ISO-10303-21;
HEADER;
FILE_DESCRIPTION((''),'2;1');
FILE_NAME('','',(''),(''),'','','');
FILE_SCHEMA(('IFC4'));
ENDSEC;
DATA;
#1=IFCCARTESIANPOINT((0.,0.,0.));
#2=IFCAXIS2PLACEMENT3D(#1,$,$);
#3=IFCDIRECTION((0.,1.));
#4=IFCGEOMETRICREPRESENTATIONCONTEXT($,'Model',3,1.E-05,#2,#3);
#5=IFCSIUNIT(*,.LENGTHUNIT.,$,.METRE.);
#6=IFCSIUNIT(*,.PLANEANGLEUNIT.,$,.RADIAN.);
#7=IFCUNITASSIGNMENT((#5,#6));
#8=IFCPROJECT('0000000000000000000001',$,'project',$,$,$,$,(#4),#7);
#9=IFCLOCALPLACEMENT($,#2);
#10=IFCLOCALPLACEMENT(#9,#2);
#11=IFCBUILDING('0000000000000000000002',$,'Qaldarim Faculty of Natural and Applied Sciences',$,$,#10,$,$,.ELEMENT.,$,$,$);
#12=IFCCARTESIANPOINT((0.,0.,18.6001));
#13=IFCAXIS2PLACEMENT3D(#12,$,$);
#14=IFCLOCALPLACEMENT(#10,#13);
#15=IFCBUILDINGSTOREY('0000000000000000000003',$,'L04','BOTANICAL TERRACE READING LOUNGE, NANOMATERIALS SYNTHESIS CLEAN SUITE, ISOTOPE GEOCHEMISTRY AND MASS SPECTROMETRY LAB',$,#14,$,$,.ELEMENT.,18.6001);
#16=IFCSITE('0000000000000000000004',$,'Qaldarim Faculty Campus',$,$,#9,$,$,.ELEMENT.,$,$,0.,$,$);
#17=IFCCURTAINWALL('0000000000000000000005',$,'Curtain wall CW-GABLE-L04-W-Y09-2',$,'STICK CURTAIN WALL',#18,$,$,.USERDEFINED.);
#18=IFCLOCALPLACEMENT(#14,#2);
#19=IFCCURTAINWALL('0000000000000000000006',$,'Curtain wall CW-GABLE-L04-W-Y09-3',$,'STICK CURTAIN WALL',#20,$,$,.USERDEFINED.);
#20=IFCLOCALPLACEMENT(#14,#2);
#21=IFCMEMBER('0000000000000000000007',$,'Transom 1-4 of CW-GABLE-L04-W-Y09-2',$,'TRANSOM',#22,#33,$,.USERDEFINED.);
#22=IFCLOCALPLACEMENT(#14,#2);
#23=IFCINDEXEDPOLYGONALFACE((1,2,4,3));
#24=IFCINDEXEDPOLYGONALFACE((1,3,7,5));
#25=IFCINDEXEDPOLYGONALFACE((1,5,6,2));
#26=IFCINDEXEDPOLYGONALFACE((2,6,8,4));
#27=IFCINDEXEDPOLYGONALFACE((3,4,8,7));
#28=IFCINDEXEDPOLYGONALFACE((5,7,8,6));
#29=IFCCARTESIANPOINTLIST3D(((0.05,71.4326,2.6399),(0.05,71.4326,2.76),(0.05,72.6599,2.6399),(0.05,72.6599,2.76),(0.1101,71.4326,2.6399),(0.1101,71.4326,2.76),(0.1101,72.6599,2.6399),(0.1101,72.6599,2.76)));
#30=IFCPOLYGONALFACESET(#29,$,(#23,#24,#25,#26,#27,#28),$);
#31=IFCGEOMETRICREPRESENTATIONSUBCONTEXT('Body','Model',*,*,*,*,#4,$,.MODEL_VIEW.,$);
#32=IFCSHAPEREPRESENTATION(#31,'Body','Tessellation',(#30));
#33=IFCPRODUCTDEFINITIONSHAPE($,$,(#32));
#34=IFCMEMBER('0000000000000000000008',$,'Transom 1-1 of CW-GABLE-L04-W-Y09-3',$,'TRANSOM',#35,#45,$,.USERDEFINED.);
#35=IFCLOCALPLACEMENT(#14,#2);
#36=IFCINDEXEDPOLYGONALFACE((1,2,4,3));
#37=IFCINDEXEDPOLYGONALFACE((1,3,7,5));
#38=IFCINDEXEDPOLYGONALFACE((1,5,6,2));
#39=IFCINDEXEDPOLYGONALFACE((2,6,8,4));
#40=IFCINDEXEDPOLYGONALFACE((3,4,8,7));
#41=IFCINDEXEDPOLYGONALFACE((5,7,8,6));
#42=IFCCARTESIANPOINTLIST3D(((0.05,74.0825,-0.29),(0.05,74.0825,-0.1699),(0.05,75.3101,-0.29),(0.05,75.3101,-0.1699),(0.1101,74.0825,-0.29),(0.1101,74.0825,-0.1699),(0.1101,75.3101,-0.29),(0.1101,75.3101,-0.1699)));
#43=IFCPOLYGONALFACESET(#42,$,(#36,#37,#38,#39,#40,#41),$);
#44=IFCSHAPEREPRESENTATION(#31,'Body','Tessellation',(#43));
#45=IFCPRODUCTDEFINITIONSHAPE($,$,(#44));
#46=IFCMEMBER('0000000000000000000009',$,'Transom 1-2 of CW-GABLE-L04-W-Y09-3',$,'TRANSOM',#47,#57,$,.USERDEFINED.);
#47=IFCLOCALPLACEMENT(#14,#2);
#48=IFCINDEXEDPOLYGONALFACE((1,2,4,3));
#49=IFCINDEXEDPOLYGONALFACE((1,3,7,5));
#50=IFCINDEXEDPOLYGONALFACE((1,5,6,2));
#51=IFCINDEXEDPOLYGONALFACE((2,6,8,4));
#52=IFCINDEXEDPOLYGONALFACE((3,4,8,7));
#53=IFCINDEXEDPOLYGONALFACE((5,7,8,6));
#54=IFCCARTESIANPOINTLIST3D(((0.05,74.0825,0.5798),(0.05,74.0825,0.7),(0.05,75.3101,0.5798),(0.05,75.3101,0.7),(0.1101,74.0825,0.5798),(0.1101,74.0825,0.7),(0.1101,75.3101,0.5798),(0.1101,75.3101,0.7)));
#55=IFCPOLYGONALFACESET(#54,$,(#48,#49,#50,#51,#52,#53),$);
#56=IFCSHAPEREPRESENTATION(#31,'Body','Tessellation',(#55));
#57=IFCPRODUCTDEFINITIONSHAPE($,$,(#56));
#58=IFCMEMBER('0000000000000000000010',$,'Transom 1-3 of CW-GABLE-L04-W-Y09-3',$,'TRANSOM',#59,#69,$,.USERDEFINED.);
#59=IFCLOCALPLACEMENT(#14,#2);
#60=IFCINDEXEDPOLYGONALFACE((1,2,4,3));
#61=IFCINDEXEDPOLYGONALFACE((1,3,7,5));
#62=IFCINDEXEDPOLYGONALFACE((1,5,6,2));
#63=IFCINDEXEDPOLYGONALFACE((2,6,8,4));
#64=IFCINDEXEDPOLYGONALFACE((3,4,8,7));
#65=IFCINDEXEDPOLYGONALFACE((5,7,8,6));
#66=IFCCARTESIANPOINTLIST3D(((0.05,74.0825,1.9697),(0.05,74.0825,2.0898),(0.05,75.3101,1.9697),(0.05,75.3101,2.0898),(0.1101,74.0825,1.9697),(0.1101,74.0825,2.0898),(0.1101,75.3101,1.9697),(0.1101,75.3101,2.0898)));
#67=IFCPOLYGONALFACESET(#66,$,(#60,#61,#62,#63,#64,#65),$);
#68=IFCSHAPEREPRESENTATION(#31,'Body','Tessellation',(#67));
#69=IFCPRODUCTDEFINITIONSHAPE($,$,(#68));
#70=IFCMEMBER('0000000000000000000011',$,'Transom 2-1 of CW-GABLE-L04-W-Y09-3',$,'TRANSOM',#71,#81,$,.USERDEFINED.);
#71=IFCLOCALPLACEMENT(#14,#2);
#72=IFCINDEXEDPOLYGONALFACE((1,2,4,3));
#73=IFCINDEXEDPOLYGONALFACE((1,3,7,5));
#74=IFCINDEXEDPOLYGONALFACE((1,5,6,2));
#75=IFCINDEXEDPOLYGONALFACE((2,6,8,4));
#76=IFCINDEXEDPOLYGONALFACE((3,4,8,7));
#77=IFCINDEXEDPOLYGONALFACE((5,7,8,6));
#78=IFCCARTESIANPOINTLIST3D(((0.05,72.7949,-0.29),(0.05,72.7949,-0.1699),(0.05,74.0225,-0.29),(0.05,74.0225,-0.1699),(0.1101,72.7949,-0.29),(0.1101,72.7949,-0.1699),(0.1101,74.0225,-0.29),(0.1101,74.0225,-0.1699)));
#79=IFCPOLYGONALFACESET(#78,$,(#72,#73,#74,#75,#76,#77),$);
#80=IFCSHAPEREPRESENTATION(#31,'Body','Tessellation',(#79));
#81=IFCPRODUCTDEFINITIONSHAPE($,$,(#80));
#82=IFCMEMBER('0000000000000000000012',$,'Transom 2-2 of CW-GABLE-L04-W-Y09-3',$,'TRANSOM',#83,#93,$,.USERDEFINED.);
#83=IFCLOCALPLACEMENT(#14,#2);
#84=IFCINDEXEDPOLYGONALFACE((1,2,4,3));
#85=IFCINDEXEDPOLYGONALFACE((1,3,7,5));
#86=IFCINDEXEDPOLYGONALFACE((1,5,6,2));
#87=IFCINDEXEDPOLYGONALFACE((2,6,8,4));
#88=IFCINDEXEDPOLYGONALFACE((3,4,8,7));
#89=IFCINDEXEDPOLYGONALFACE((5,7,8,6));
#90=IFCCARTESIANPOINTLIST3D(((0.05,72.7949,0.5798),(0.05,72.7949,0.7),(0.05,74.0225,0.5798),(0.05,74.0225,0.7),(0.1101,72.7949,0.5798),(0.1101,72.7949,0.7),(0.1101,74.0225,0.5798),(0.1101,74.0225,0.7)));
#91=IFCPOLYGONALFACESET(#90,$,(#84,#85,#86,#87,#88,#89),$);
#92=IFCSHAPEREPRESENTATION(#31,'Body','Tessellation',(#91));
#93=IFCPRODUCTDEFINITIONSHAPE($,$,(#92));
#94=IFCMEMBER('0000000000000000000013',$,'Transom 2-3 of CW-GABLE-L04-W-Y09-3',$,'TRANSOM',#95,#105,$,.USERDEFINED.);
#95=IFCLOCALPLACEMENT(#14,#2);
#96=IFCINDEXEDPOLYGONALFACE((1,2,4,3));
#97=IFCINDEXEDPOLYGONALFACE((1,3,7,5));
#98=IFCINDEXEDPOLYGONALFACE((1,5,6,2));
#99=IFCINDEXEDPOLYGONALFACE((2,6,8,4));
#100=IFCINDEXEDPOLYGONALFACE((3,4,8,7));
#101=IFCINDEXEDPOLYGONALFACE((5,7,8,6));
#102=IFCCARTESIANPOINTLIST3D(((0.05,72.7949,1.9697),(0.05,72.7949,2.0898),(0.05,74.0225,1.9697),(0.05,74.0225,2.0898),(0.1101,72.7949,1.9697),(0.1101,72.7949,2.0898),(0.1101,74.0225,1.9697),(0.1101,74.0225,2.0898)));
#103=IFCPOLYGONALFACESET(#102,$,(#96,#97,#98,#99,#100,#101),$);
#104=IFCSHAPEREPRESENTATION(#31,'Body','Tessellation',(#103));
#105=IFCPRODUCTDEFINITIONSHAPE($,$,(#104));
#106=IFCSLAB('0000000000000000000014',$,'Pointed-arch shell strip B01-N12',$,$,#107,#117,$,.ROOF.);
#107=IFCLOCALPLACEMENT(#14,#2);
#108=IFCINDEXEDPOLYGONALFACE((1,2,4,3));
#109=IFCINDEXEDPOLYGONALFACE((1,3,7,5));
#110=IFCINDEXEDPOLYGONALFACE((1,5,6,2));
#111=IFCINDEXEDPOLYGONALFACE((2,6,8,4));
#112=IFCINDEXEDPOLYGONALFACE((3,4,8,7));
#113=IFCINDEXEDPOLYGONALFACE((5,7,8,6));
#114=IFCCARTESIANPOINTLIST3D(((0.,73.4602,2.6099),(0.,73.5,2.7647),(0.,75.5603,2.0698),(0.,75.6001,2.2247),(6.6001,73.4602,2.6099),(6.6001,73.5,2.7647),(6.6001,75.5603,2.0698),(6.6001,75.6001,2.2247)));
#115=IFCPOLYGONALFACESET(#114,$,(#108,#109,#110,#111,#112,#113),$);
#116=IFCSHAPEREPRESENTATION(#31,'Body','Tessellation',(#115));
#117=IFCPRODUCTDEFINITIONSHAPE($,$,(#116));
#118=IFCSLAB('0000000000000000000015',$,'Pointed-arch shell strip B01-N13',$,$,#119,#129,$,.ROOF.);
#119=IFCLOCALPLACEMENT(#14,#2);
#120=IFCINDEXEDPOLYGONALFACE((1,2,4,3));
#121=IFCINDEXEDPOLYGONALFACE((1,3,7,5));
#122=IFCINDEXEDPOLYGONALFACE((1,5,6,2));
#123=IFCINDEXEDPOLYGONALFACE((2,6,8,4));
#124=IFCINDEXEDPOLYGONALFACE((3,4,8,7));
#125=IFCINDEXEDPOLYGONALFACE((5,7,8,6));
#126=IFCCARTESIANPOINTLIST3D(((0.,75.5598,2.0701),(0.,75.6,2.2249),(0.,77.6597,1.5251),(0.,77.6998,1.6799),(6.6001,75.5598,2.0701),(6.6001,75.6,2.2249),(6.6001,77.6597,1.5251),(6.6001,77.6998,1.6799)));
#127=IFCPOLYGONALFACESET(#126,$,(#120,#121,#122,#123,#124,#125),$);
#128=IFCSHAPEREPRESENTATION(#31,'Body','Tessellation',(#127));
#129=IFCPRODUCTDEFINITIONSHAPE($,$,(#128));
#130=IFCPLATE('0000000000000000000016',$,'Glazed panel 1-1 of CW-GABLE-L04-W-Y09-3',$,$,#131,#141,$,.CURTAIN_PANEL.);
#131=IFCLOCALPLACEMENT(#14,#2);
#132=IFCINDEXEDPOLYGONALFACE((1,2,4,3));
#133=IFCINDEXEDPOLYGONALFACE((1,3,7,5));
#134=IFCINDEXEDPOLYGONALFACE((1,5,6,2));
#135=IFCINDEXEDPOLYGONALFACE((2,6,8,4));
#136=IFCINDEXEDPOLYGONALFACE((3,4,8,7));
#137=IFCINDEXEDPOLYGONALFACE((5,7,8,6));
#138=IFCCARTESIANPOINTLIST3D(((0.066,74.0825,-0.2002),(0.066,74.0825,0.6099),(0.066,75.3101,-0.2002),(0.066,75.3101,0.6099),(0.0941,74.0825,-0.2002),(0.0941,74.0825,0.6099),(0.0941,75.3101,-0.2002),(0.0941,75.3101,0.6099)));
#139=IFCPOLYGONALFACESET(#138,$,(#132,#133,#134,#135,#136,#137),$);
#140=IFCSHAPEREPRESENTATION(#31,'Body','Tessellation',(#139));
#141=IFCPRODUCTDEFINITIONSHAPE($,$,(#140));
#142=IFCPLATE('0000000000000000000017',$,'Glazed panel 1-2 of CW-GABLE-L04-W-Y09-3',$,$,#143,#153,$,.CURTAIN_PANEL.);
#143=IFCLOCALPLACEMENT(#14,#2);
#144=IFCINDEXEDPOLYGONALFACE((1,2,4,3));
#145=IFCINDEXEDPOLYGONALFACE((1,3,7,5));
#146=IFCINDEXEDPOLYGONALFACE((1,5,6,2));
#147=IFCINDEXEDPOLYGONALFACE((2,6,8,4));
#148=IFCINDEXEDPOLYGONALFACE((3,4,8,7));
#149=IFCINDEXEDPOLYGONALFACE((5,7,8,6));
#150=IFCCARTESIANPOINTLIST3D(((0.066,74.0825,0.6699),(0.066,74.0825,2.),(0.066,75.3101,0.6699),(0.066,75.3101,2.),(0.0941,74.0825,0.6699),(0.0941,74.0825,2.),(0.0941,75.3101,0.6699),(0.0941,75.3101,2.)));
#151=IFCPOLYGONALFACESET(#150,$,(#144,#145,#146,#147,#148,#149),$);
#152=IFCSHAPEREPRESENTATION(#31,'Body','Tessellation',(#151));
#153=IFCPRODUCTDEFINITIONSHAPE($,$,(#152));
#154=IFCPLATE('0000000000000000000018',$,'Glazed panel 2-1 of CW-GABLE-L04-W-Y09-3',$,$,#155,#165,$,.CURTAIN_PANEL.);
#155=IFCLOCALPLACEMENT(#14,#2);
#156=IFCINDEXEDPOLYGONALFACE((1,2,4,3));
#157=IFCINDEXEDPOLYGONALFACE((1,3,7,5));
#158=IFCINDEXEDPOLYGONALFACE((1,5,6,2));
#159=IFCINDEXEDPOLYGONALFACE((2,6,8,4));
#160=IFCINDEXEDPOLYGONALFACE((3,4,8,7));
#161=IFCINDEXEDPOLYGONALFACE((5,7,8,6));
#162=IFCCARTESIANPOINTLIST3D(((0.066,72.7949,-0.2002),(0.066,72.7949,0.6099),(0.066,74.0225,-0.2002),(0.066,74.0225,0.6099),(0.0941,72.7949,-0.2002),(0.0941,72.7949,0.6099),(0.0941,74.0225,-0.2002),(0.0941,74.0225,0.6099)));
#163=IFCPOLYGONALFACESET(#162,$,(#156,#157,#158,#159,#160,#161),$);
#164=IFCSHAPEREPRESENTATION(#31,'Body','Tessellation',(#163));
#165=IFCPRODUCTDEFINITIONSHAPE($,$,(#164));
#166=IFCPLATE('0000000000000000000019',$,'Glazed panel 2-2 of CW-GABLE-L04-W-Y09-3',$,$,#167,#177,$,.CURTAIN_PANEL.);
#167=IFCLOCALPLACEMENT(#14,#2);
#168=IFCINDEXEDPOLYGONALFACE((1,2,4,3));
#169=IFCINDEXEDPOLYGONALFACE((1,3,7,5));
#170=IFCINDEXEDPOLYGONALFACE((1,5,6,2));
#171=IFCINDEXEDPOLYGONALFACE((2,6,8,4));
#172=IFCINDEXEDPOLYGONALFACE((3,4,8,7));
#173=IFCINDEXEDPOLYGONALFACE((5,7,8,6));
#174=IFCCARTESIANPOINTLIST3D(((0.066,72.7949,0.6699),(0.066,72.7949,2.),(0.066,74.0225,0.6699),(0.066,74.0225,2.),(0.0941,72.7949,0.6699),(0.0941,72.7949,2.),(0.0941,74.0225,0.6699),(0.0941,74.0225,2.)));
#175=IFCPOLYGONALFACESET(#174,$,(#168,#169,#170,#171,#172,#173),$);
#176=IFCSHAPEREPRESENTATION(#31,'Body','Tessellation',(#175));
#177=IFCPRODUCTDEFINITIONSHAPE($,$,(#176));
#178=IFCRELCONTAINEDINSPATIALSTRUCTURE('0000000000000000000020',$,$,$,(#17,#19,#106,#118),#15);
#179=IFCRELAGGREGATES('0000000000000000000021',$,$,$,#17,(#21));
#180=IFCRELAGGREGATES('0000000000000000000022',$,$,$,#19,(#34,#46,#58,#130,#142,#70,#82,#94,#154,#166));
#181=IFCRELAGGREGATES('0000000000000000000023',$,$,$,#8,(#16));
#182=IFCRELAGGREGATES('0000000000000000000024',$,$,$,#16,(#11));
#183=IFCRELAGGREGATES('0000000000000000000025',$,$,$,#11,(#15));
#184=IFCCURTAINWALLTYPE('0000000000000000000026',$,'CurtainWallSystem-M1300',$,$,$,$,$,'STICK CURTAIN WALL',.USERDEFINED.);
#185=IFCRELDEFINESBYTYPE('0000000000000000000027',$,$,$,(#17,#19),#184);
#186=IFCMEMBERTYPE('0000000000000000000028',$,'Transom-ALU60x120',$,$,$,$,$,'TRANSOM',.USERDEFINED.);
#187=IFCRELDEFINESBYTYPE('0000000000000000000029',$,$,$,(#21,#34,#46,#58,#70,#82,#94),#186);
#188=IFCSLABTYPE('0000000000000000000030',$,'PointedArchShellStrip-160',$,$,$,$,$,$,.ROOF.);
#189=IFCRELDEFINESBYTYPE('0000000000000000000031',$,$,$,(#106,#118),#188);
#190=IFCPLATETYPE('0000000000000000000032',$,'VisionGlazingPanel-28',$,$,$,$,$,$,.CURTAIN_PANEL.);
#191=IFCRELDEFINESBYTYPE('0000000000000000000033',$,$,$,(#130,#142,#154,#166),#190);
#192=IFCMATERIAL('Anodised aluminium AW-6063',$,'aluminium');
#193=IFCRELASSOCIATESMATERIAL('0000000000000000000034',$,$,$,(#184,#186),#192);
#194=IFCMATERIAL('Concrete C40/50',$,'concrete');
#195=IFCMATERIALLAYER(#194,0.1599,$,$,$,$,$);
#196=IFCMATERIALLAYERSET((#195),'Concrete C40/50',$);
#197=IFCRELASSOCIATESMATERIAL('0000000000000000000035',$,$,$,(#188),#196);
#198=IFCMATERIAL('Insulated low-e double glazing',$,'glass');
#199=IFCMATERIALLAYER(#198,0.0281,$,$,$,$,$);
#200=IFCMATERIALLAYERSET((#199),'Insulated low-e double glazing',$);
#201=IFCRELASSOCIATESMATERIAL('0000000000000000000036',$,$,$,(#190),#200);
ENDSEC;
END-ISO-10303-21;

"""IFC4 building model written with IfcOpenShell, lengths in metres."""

from ifc_helpers import new_model, si_unit, direction, frame, origin, origin_2d, place, context, subcontext, project, spatial, polyline, rectangle, outline, extrude, material, layer, layer_set, material_profile, profile_set, type_object, element, aggregate, save


model = new_model("IFC4")

# Units and contexts
model_context = context("Model", 3, precision=1e-05, world=origin(), true_north=direction((0.0, 1.0)))
body_context = subcontext(model_context, "Body", "Model", "MODEL_VIEW")
ifc_project = project(units=[si_unit("LENGTHUNIT", "METRE"), si_unit("PLANEANGLEUNIT", "RADIAN")], contexts=[model_context])

# Site, building, storey
site_placement = place(None, origin())
site = spatial("IfcSite", under=ifc_project, at=site_placement, Name="Qaldarim Faculty Campus", CompositionType="ELEMENT", RefElevation=0.0)
building_placement = place(site_placement, origin())
building = spatial("IfcBuilding", under=site, at=building_placement, Name="Qaldarim Faculty of Natural and Applied Sciences", CompositionType="ELEMENT")
storey_placement = place(building_placement, frame((0.0, 0.0, 18.6001)))
storey = spatial("IfcBuildingStorey", under=building, at=storey_placement, Name="L04", Description="BOTANICAL TERRACE READING LOUNGE, NANOMATERIALS SYNTHESIS CLEAN SUITE, ISOTOPE GEOCHEMISTRY AND MASS SPECTROMETRY LAB", CompositionType="ELEMENT", Elevation=18.6001)

# Shared definitions
ifc_material_1 = material(Name="Concrete C40/50", Category="concrete")

# Curtain wall
ifc_material_2 = material(Name="Anodised aluminium AW-6063", Category="aluminium")
curtain_wall_type = type_object("IfcCurtainWallType", Name="CurtainWallSystem-M1300", ElementType="STICK CURTAIN WALL", PredefinedType="USERDEFINED", material=ifc_material_2)
curtain_wall_1_placement = place(storey_placement, origin())
curtain_wall_1 = element("IfcCurtainWall", 1, at=curtain_wall_1_placement, inside=storey, type_object=curtain_wall_type, Name="Curtain wall CW-GABLE-L04-W-Y09-2", ObjectType="STICK CURTAIN WALL", PredefinedType="USERDEFINED")

# Curtain wall
curtain_wall_2_placement = place(storey_placement, origin())
curtain_wall_2 = element("IfcCurtainWall", 2, at=curtain_wall_2_placement, inside=storey, type_object=curtain_wall_type, Name="Curtain wall CW-GABLE-L04-W-Y09-3", ObjectType="STICK CURTAIN WALL", PredefinedType="USERDEFINED")

# Members
ifc_material_profile_1 = material_profile(ifc_material_2, rectangle(XDim=0.0601, YDim=0.1201, at=origin_2d()), Name="ALU-T60x120")
ifc_profile_set_1 = profile_set([ifc_material_profile_1], Name="Anodised aluminium AW-6063")
member_type_1 = type_object("IfcMemberType", Name="Transom-ALU60x120", ElementType="TRANSOM", PredefinedType="USERDEFINED", material=ifc_profile_set_1)
member_1_placement = place(storey_placement, frame((0.0801, 72.6599, 2.7), z_axis=(0.0, -1.0, 0.0), x_axis=(1.0, 0.0, 0.0)))
member_1 = element("IfcMember", 3, at=member_1_placement, type_object=member_type_1, Name="Transom 1-4 of CW-GABLE-L04-W-Y09-2", ObjectType="TRANSOM", PredefinedType="USERDEFINED", context=body_context, shape_type="SweptSolid", body=[
    extrude(rectangle(XDim=0.0601, YDim=0.1201, at=origin_2d()), origin(), (0.0, 0.0, 1.0), 1.2273),
])
aggregate(curtain_wall_1, [member_1])
member_2_placement = place(storey_placement, frame((0.0801, 75.3101, -0.23), z_axis=(0.0, -1.0, 0.0), x_axis=(1.0, 0.0, 0.0)))
member_2 = element("IfcMember", 4, at=member_2_placement, type_object=member_type_1, Name="Transom 1-1 of CW-GABLE-L04-W-Y09-3", ObjectType="TRANSOM", PredefinedType="USERDEFINED", context=body_context, shape_type="SweptSolid", body=[
    extrude(rectangle(XDim=0.0601, YDim=0.1201, at=origin_2d()), origin(), (0.0, 0.0, 1.0), 1.2275),
])
member_3_placement = place(storey_placement, frame((0.0801, 75.3101, 0.6399), z_axis=(0.0, -1.0, 0.0), x_axis=(1.0, 0.0, 0.0)))
member_3 = element("IfcMember", 5, at=member_3_placement, type_object=member_type_1, Name="Transom 1-2 of CW-GABLE-L04-W-Y09-3", ObjectType="TRANSOM", PredefinedType="USERDEFINED", context=body_context, shape_type="SweptSolid", body=[
    extrude(rectangle(XDim=0.0601, YDim=0.1201, at=origin_2d()), origin(), (0.0, 0.0, 1.0), 1.2275),
])
member_4_placement = place(storey_placement, frame((0.0801, 75.3101, 2.0298), z_axis=(0.0, -1.0, 0.0), x_axis=(1.0, 0.0, 0.0)))
member_4 = element("IfcMember", 6, at=member_4_placement, type_object=member_type_1, Name="Transom 1-3 of CW-GABLE-L04-W-Y09-3", ObjectType="TRANSOM", PredefinedType="USERDEFINED", context=body_context, shape_type="SweptSolid", body=[
    extrude(rectangle(XDim=0.0601, YDim=0.1201, at=origin_2d()), origin(), (0.0, 0.0, 1.0), 1.2275),
])
member_5_placement = place(storey_placement, frame((0.0801, 74.0225, -0.23), z_axis=(0.0, -1.0, 0.0), x_axis=(1.0, 0.0, 0.0)))
member_5 = element("IfcMember", 7, at=member_5_placement, type_object=member_type_1, Name="Transom 2-1 of CW-GABLE-L04-W-Y09-3", ObjectType="TRANSOM", PredefinedType="USERDEFINED", context=body_context, shape_type="SweptSolid", body=[
    extrude(rectangle(XDim=0.0601, YDim=0.1201, at=origin_2d()), origin(), (0.0, 0.0, 1.0), 1.2275),
])
member_6_placement = place(storey_placement, frame((0.0801, 74.0225, 0.6399), z_axis=(0.0, -1.0, 0.0), x_axis=(1.0, 0.0, 0.0)))
member_6 = element("IfcMember", 8, at=member_6_placement, type_object=member_type_1, Name="Transom 2-2 of CW-GABLE-L04-W-Y09-3", ObjectType="TRANSOM", PredefinedType="USERDEFINED", context=body_context, shape_type="SweptSolid", body=[
    extrude(rectangle(XDim=0.0601, YDim=0.1201, at=origin_2d()), origin(), (0.0, 0.0, 1.0), 1.2275),
])
member_7_placement = place(storey_placement, frame((0.0801, 74.0225, 2.0298), z_axis=(0.0, -1.0, 0.0), x_axis=(1.0, 0.0, 0.0)))
member_7 = element("IfcMember", 9, at=member_7_placement, type_object=member_type_1, Name="Transom 2-3 of CW-GABLE-L04-W-Y09-3", ObjectType="TRANSOM", PredefinedType="USERDEFINED", context=body_context, shape_type="SweptSolid", body=[
    extrude(rectangle(XDim=0.0601, YDim=0.1201, at=origin_2d()), origin(), (0.0, 0.0, 1.0), 1.2275),
])

# Slabs
ifc_layer_1 = layer(ifc_material_1, 0.1599)
ifc_layer_set_1 = layer_set([ifc_layer_1], Name="Concrete C40/50")
slab_type = type_object("IfcSlabType", Name="PointedArchShellStrip-160", PredefinedType="ROOF", material=ifc_layer_set_1)
slab_1_placement = place(storey_placement, frame((0.0, 73.4602, 2.6099), z_axis=(0.0, 0.249047, 0.968491), x_axis=(1.0, 0.0, 0.0)))
element("IfcSlab", 10, at=slab_1_placement, inside=storey, type_object=slab_type, Name="Pointed-arch shell strip B01-N12", PredefinedType="ROOF", context=body_context, shape_type="SweptSolid", body=[
    extrude(outline(polyline([(0.0, 0.0), (6.6001, 0.0), (6.6001, 2.1684), (0.0, 2.1684), (0.0, 0.0)])), origin(), (0.0, 0.0, 1.0), 0.1599),
])
slab_2_placement = place(storey_placement, frame((0.0, 75.5598, 2.0701), z_axis=(0.0, 0.251185, 0.967939), x_axis=(1.0, 0.0, 0.0)))
element("IfcSlab", 11, at=slab_2_placement, inside=storey, type_object=slab_type, Name="Pointed-arch shell strip B01-N13", PredefinedType="ROOF", context=body_context, shape_type="SweptSolid", body=[
    extrude(outline(polyline([(0.0, 0.0), (6.6001, 0.0), (6.6001, 2.1694), (0.0, 2.1694), (0.0, 0.0)])), origin(), (0.0, 0.0, 1.0), 0.1599),
])

# Plates
ifc_material_3 = material(Name="Insulated low-e double glazing", Category="glass")
ifc_layer_2 = layer(ifc_material_3, 0.0281)
ifc_layer_set_2 = layer_set([ifc_layer_2], Name="Insulated low-e double glazing")
plate_type = type_object("IfcPlateType", Name="VisionGlazingPanel-28", PredefinedType="CURTAIN_PANEL", material=ifc_layer_set_2)
plate_1_placement = place(storey_placement, frame((0.0801, 74.6963, -0.2002), z_axis=(0.0, 0.0, 1.0), x_axis=(0.0, -1.0, 0.0)))
plate_1 = element("IfcPlate", 12, at=plate_1_placement, type_object=plate_type, Name="Glazed panel 1-1 of CW-GABLE-L04-W-Y09-3", PredefinedType="CURTAIN_PANEL", context=body_context, shape_type="SweptSolid", body=[
    extrude(rectangle(XDim=1.2275, YDim=0.0281, at=origin_2d()), origin(), (0.0, 0.0, 1.0), 0.8101),
])
plate_2_placement = place(storey_placement, frame((0.0801, 74.6963, 0.6699), z_axis=(0.0, 0.0, 1.0), x_axis=(0.0, -1.0, 0.0)))
plate_2 = element("IfcPlate", 13, at=plate_2_placement, type_object=plate_type, Name="Glazed panel 1-2 of CW-GABLE-L04-W-Y09-3", PredefinedType="CURTAIN_PANEL", context=body_context, shape_type="SweptSolid", body=[
    extrude(rectangle(XDim=1.2275, YDim=0.0281, at=origin_2d()), origin(), (0.0, 0.0, 1.0), 1.3301),
])
plate_3_placement = place(storey_placement, frame((0.0801, 73.4087, -0.2002), z_axis=(0.0, 0.0, 1.0), x_axis=(0.0, -1.0, 0.0)))
plate_3 = element("IfcPlate", 14, at=plate_3_placement, type_object=plate_type, Name="Glazed panel 2-1 of CW-GABLE-L04-W-Y09-3", PredefinedType="CURTAIN_PANEL", context=body_context, shape_type="SweptSolid", body=[
    extrude(rectangle(XDim=1.2275, YDim=0.0281, at=origin_2d()), origin(), (0.0, 0.0, 1.0), 0.8101),
])
plate_4_placement = place(storey_placement, frame((0.0801, 73.4087, 0.6699), z_axis=(0.0, 0.0, 1.0), x_axis=(0.0, -1.0, 0.0)))
plate_4 = element("IfcPlate", 15, at=plate_4_placement, type_object=plate_type, Name="Glazed panel 2-2 of CW-GABLE-L04-W-Y09-3", PredefinedType="CURTAIN_PANEL", context=body_context, shape_type="SweptSolid", body=[
    extrude(rectangle(XDim=1.2275, YDim=0.0281, at=origin_2d()), origin(), (0.0, 0.0, 1.0), 1.3301),
])
aggregate(curtain_wall_2, [member_2, member_3, member_4, plate_1, plate_2, member_5, member_6, member_7, plate_3, plate_4])

save(model, "model.ifc")
